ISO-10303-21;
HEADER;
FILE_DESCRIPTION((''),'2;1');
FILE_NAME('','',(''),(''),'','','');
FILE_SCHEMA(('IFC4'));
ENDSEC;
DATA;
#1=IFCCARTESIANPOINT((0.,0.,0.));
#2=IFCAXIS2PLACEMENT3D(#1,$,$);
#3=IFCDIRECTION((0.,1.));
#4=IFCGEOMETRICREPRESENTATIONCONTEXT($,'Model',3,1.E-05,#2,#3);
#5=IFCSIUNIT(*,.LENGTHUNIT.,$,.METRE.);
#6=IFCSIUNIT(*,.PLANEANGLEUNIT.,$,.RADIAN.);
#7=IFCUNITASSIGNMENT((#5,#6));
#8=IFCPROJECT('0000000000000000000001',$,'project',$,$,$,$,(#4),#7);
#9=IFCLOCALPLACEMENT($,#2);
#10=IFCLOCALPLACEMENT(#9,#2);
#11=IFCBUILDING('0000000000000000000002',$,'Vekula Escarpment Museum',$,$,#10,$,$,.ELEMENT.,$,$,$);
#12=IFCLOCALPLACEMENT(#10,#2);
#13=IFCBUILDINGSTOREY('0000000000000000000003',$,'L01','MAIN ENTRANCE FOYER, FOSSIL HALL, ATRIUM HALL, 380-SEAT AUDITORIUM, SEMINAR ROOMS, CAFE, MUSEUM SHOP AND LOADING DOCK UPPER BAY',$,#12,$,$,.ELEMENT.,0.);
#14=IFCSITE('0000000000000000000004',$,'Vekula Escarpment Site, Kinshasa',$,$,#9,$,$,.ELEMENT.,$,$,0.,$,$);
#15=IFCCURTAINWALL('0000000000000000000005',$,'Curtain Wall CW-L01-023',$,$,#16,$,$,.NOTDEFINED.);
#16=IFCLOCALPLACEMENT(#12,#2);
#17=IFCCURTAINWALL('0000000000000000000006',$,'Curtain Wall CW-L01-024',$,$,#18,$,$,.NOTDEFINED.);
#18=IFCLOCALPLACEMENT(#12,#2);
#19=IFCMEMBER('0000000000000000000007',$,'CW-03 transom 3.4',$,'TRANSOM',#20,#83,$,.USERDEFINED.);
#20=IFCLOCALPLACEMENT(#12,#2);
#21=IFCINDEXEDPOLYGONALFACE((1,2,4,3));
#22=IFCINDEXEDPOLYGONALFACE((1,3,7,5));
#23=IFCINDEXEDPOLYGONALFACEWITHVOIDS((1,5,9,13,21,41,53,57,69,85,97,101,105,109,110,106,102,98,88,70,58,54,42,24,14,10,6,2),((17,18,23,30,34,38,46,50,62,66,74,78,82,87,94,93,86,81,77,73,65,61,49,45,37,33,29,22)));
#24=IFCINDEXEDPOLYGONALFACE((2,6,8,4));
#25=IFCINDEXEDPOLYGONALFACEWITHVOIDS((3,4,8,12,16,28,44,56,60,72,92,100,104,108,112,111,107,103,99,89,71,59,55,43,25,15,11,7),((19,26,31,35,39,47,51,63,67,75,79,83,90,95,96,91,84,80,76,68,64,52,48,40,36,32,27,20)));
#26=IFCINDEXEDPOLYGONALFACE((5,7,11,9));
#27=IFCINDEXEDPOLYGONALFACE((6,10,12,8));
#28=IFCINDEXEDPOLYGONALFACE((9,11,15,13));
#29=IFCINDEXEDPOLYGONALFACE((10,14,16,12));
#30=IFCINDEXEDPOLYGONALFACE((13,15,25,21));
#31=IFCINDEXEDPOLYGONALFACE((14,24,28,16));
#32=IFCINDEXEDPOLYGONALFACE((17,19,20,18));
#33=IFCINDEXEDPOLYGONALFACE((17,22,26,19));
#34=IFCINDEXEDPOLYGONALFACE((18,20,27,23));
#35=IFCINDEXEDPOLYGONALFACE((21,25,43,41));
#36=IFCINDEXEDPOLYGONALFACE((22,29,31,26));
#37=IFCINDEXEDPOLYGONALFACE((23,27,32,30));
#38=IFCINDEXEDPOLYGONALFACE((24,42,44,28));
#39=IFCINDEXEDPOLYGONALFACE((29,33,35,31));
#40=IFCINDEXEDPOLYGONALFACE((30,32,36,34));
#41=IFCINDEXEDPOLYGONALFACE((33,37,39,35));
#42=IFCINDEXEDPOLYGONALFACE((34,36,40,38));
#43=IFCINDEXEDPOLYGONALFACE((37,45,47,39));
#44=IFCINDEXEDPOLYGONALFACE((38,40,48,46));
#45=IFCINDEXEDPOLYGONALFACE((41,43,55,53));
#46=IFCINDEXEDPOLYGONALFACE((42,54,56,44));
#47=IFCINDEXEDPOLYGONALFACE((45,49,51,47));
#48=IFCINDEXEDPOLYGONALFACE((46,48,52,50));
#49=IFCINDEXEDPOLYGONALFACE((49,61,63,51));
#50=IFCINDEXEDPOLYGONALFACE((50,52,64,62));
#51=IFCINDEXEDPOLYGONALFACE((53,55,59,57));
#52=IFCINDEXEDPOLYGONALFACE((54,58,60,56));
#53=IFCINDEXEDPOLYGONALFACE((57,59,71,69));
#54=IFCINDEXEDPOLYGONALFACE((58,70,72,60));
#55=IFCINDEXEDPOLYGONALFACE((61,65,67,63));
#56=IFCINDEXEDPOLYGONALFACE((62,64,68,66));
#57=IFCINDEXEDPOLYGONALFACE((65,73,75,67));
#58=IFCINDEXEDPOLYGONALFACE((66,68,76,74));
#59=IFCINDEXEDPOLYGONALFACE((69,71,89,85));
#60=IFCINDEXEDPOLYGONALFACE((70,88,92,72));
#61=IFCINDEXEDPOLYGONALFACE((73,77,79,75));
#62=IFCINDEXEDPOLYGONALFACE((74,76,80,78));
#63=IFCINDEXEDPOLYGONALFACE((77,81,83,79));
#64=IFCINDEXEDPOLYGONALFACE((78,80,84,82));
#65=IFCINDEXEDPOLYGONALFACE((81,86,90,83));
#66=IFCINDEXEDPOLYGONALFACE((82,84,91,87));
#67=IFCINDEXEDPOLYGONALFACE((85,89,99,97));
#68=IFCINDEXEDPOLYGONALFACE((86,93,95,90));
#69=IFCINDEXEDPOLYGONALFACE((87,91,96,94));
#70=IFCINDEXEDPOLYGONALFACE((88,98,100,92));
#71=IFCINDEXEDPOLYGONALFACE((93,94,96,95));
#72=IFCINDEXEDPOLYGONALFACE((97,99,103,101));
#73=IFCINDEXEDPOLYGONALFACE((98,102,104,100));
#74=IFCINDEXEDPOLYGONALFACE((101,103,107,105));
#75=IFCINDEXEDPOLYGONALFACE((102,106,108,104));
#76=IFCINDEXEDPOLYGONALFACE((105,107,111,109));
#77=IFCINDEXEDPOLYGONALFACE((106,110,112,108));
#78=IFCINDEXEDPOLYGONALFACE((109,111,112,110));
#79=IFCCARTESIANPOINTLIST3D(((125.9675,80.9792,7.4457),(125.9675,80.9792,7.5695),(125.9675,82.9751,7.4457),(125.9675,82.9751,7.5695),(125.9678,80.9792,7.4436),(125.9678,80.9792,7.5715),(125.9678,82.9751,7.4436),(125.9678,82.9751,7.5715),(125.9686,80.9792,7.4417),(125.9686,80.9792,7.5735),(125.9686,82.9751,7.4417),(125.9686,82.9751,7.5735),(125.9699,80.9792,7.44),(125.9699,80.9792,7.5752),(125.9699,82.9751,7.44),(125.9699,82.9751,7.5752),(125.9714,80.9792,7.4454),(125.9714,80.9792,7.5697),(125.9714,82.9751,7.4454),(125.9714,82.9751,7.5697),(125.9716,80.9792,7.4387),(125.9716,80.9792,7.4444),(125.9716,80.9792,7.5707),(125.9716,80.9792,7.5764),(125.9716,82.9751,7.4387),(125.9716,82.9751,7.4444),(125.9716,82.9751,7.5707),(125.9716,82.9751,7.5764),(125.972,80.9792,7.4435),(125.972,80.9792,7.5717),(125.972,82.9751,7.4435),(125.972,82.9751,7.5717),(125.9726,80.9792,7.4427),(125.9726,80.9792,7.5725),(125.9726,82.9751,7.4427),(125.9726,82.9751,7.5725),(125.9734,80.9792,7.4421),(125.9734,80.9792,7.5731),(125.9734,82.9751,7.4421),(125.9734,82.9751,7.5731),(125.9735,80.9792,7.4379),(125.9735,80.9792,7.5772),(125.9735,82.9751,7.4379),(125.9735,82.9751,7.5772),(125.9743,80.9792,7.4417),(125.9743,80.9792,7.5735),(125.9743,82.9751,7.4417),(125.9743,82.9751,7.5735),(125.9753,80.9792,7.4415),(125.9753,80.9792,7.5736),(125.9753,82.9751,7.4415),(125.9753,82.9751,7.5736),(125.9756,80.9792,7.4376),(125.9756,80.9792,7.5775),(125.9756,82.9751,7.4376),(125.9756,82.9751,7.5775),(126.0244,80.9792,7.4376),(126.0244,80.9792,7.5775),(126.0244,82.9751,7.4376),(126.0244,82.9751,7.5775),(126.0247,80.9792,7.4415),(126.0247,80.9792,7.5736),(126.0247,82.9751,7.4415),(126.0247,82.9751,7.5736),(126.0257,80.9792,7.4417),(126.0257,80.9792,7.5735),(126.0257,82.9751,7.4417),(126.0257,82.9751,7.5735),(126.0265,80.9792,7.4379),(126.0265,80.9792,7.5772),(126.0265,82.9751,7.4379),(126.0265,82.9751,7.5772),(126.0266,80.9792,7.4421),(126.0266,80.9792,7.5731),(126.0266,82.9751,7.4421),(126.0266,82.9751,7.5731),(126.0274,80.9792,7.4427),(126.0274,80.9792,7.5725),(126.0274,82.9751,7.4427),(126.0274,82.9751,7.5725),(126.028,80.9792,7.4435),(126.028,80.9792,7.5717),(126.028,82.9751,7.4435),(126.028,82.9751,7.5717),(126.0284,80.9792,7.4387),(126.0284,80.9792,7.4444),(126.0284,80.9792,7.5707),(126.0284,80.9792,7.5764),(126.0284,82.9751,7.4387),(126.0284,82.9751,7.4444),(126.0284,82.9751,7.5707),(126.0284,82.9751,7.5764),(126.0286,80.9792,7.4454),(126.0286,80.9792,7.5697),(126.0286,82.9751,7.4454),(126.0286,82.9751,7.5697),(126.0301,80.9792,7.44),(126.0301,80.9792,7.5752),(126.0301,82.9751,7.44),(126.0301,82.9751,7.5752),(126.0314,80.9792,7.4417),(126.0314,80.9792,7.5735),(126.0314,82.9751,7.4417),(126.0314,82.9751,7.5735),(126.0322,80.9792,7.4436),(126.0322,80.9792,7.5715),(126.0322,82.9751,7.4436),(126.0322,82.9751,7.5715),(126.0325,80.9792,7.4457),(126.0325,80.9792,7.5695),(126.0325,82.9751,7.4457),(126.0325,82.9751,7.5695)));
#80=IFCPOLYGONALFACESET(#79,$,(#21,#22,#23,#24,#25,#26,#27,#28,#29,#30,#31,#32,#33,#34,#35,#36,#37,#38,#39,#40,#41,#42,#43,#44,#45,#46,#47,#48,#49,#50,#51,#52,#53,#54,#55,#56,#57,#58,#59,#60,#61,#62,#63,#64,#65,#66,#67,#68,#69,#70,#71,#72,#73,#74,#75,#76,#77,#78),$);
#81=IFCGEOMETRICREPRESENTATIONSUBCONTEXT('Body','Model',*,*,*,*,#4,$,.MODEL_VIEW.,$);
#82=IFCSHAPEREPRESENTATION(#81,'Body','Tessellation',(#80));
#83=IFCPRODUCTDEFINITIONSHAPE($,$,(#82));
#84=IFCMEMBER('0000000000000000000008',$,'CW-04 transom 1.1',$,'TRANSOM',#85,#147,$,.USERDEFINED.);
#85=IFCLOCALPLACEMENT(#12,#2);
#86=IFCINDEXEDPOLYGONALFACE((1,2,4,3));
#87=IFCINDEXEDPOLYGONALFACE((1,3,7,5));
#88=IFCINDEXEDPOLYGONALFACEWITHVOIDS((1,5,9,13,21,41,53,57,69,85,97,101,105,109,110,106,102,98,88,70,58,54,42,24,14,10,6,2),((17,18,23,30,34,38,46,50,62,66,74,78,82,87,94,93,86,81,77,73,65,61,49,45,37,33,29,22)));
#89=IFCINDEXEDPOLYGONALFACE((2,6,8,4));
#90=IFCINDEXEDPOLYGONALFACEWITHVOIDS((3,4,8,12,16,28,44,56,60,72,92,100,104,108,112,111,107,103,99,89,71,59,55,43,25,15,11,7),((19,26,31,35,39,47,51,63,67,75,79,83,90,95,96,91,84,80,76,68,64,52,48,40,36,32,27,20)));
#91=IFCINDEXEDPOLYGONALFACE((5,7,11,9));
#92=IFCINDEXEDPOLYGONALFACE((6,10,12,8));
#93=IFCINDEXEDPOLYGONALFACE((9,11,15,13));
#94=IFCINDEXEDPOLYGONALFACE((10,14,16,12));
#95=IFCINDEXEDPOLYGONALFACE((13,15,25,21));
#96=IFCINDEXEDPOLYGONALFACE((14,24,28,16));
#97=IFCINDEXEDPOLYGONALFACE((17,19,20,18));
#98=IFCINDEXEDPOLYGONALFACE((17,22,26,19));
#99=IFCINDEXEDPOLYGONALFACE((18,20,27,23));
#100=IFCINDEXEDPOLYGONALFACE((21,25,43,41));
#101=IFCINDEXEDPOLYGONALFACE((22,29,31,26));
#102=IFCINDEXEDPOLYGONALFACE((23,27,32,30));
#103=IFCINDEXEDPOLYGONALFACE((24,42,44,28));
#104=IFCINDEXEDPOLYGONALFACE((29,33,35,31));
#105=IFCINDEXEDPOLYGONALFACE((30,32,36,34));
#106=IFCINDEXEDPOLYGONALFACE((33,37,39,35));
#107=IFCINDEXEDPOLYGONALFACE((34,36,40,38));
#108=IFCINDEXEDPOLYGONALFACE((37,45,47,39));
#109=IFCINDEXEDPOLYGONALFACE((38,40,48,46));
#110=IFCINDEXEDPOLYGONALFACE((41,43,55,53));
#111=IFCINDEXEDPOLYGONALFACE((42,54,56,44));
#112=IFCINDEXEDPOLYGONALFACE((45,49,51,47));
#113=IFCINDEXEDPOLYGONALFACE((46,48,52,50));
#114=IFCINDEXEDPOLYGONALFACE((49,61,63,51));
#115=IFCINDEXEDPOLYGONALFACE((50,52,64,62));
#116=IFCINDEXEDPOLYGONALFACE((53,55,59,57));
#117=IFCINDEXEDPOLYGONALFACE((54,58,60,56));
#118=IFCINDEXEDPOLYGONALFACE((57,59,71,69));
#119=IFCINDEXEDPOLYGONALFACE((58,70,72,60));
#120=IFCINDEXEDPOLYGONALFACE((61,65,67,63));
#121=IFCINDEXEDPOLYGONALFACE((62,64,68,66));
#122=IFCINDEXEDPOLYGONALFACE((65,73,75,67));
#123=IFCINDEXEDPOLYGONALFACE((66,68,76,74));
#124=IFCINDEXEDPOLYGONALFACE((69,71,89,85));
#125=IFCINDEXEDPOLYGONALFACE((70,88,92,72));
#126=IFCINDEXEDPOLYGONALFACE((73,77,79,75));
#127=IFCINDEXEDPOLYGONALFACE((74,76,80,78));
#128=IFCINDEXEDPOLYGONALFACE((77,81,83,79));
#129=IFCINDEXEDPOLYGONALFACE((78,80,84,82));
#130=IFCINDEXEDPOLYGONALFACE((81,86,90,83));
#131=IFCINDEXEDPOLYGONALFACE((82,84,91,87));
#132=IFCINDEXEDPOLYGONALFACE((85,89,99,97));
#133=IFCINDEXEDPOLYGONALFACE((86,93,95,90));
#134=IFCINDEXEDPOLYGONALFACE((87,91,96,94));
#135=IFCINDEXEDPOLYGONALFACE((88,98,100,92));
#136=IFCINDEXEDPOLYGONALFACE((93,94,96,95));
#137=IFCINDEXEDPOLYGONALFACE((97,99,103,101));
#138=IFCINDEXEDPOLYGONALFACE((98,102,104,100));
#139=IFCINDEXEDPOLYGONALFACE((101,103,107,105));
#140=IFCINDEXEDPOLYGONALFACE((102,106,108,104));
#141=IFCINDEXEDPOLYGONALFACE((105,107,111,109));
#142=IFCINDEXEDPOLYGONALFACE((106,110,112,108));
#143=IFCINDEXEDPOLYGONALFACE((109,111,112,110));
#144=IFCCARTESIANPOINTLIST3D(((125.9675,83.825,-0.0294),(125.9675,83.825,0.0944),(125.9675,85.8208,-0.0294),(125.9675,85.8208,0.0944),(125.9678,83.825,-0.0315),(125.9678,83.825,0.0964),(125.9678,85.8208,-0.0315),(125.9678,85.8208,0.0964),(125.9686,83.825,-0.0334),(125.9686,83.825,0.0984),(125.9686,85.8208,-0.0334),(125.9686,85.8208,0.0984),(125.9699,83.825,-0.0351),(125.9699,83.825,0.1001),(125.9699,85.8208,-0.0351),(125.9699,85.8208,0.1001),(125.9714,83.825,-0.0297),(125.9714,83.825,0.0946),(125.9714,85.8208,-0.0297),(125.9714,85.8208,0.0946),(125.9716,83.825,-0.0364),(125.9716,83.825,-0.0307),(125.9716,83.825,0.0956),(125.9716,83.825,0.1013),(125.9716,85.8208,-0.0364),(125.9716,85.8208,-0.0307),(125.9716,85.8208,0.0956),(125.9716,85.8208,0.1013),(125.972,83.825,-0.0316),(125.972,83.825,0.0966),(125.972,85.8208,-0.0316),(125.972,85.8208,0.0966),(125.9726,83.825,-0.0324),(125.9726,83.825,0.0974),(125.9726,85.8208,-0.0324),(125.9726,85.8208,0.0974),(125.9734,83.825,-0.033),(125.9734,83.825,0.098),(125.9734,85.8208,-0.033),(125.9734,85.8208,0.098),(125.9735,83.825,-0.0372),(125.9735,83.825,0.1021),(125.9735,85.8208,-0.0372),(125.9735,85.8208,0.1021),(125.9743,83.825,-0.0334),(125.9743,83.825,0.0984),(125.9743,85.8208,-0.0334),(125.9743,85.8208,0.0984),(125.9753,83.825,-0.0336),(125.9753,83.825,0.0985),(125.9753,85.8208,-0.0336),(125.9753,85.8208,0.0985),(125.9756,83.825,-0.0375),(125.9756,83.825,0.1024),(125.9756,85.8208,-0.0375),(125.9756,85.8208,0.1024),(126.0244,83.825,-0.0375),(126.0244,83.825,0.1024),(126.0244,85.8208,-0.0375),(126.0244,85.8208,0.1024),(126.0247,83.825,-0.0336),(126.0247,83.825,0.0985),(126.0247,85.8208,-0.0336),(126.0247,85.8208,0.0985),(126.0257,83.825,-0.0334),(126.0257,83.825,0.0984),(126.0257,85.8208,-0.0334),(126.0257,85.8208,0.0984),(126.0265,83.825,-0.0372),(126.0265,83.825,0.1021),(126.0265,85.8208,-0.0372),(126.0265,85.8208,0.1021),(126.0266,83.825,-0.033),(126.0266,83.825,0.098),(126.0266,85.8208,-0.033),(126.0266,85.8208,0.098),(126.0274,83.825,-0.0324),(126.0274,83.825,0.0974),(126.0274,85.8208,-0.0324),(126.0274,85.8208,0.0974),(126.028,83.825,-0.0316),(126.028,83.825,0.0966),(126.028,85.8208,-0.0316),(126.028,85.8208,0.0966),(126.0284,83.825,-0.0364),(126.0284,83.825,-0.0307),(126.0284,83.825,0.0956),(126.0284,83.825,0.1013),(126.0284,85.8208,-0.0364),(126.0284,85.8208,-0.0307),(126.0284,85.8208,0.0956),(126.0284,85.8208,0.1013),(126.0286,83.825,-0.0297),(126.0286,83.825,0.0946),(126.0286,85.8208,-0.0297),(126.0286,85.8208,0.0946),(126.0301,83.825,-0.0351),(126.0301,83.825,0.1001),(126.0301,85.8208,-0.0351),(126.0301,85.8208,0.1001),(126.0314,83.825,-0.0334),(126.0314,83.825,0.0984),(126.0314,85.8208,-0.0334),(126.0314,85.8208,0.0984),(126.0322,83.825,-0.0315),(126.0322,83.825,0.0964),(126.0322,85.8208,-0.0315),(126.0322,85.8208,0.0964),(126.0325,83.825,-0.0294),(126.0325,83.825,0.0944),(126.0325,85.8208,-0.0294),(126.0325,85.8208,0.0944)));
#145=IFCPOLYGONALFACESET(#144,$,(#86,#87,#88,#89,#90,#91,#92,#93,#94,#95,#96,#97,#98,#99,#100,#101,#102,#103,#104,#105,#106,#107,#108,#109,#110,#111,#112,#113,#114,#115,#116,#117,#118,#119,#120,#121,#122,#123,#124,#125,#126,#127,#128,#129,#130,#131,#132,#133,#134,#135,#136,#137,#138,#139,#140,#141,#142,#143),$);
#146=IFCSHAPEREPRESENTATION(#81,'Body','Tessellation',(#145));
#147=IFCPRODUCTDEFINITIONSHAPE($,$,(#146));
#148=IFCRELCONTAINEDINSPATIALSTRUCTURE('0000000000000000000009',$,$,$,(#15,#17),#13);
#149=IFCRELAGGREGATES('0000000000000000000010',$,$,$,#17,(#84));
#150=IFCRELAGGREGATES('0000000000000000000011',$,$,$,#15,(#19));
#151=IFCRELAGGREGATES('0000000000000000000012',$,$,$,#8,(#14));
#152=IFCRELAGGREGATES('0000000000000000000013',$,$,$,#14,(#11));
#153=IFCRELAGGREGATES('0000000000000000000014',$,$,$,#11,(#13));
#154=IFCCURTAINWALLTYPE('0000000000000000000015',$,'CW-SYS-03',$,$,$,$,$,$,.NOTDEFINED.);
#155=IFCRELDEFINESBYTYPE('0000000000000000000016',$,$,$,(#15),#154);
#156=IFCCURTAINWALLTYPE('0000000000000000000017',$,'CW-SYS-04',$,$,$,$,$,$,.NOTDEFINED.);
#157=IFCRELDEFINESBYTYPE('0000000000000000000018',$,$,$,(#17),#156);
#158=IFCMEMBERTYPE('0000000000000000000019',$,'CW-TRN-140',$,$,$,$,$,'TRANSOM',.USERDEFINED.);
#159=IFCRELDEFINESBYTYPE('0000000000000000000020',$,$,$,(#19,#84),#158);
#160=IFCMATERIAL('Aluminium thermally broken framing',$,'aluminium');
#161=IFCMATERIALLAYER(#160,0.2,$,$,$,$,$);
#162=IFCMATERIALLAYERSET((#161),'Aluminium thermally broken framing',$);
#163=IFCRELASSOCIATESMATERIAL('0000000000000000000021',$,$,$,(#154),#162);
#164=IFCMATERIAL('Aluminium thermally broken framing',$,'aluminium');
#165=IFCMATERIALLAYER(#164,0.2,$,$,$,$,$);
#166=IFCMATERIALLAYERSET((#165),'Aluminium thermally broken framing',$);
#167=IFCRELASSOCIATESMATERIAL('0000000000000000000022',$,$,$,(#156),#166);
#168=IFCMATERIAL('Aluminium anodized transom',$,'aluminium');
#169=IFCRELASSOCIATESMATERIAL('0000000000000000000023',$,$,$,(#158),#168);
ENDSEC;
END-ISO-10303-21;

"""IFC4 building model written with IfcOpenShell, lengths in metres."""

from ifc_helpers import new_model, si_unit, direction, frame, origin, origin_2d, place, context, subcontext, project, spatial, hollow_rectangle, extrude, material, layer, layer_set, material_profile, profile_set, type_object, element, aggregate, save


model = new_model("IFC4")

# Units and contexts
model_context = context("Model", 3, precision=1e-05, world=origin(), true_north=direction((0.0, 1.0)))
body_context = subcontext(model_context, "Body", "Model", "MODEL_VIEW")
ifc_project = project(units=[si_unit("LENGTHUNIT", "METRE"), si_unit("PLANEANGLEUNIT", "RADIAN")], contexts=[model_context])

# Site, building, storey
site_placement = place(None, origin())
site = spatial("IfcSite", under=ifc_project, at=site_placement, Name="Vekula Escarpment Site, Kinshasa", CompositionType="ELEMENT", RefElevation=0.0)
building_placement = place(site_placement, origin())
building = spatial("IfcBuilding", under=site, at=building_placement, Name="Vekula Escarpment Museum", CompositionType="ELEMENT")
storey_placement = place(building_placement, origin())
storey = spatial("IfcBuildingStorey", under=building, at=storey_placement, Name="L01", Description="MAIN ENTRANCE FOYER, FOSSIL HALL, ATRIUM HALL, 380-SEAT AUDITORIUM, SEMINAR ROOMS, CAFE, MUSEUM SHOP AND LOADING DOCK UPPER BAY", CompositionType="ELEMENT", Elevation=0.0)

# Curtain wall
ifc_material_1 = material(Name="Aluminium thermally broken framing", Category="aluminium")
ifc_layer_1 = layer(ifc_material_1, 0.2)
ifc_layer_set_1 = layer_set([ifc_layer_1], Name="Aluminium thermally broken framing")
curtain_wall_type_1 = type_object("IfcCurtainWallType", Name="CW-SYS-03", PredefinedType="NOTDEFINED", material=ifc_layer_set_1)
curtain_wall_1_placement = place(storey_placement, origin())
curtain_wall_1 = element("IfcCurtainWall", 1, at=curtain_wall_1_placement, inside=storey, type_object=curtain_wall_type_1, Name="Curtain Wall CW-L01-023", PredefinedType="NOTDEFINED")

# Curtain wall
ifc_material_2 = material(Name="Aluminium thermally broken framing", Category="aluminium")
ifc_layer_2 = layer(ifc_material_2, 0.2)
ifc_layer_set_2 = layer_set([ifc_layer_2], Name="Aluminium thermally broken framing")
curtain_wall_type_2 = type_object("IfcCurtainWallType", Name="CW-SYS-04", PredefinedType="NOTDEFINED", material=ifc_layer_set_2)
curtain_wall_2_placement = place(storey_placement, origin())
curtain_wall_2 = element("IfcCurtainWall", 2, at=curtain_wall_2_placement, inside=storey, type_object=curtain_wall_type_2, Name="Curtain Wall CW-L01-024", PredefinedType="NOTDEFINED")

# Members
ifc_material_3 = material(Name="Aluminium anodized transom", Category="aluminium")
ifc_material_profile_1 = material_profile(ifc_material_3, hollow_rectangle(XDim=0.0649, YDim=0.1399, WallThickness=0.0039, InnerFilletRadius=0.0039, OuterFilletRadius=0.0081, at=origin_2d()), Name="ALU 140x65x4")
ifc_profile_set_1 = profile_set([ifc_material_profile_1], Name="Aluminium anodized transom")
member_type_1 = type_object("IfcMemberType", Name="CW-TRN-140", ElementType="TRANSOM", PredefinedType="USERDEFINED", material=ifc_profile_set_1)
member_1_placement = place(storey_placement, frame((126.0, 80.9792, 7.5076), z_axis=(0.0, 1.0, 0.0), x_axis=(-1.0, 0.0, 0.0)))
member_1 = element("IfcMember", 3, at=member_1_placement, type_object=member_type_1, Name="CW-03 transom 3.4", ObjectType="TRANSOM", PredefinedType="USERDEFINED", context=body_context, shape_type="SweptSolid", body=[
    extrude(hollow_rectangle(XDim=0.0649, YDim=0.1399, WallThickness=0.0039, InnerFilletRadius=0.0039, OuterFilletRadius=0.0081, at=origin_2d()), origin(), (0.0, 0.0, 1.0), 1.9958),
])
member_2_placement = place(storey_placement, frame((126.0, 83.825, 0.0325), z_axis=(0.0, 1.0, 0.0), x_axis=(-1.0, 0.0, 0.0)))
member_2 = element("IfcMember", 4, at=member_2_placement, type_object=member_type_1, Name="CW-04 transom 1.1", ObjectType="TRANSOM", PredefinedType="USERDEFINED", context=body_context, shape_type="SweptSolid", body=[
    extrude(hollow_rectangle(XDim=0.0649, YDim=0.1399, WallThickness=0.0039, InnerFilletRadius=0.0039, OuterFilletRadius=0.0081, at=origin_2d()), origin(), (0.0, 0.0, 1.0), 1.9958),
])

aggregate(curtain_wall_2, [member_2])
aggregate(curtain_wall_1, [member_1])

save(model, "model.ifc")
